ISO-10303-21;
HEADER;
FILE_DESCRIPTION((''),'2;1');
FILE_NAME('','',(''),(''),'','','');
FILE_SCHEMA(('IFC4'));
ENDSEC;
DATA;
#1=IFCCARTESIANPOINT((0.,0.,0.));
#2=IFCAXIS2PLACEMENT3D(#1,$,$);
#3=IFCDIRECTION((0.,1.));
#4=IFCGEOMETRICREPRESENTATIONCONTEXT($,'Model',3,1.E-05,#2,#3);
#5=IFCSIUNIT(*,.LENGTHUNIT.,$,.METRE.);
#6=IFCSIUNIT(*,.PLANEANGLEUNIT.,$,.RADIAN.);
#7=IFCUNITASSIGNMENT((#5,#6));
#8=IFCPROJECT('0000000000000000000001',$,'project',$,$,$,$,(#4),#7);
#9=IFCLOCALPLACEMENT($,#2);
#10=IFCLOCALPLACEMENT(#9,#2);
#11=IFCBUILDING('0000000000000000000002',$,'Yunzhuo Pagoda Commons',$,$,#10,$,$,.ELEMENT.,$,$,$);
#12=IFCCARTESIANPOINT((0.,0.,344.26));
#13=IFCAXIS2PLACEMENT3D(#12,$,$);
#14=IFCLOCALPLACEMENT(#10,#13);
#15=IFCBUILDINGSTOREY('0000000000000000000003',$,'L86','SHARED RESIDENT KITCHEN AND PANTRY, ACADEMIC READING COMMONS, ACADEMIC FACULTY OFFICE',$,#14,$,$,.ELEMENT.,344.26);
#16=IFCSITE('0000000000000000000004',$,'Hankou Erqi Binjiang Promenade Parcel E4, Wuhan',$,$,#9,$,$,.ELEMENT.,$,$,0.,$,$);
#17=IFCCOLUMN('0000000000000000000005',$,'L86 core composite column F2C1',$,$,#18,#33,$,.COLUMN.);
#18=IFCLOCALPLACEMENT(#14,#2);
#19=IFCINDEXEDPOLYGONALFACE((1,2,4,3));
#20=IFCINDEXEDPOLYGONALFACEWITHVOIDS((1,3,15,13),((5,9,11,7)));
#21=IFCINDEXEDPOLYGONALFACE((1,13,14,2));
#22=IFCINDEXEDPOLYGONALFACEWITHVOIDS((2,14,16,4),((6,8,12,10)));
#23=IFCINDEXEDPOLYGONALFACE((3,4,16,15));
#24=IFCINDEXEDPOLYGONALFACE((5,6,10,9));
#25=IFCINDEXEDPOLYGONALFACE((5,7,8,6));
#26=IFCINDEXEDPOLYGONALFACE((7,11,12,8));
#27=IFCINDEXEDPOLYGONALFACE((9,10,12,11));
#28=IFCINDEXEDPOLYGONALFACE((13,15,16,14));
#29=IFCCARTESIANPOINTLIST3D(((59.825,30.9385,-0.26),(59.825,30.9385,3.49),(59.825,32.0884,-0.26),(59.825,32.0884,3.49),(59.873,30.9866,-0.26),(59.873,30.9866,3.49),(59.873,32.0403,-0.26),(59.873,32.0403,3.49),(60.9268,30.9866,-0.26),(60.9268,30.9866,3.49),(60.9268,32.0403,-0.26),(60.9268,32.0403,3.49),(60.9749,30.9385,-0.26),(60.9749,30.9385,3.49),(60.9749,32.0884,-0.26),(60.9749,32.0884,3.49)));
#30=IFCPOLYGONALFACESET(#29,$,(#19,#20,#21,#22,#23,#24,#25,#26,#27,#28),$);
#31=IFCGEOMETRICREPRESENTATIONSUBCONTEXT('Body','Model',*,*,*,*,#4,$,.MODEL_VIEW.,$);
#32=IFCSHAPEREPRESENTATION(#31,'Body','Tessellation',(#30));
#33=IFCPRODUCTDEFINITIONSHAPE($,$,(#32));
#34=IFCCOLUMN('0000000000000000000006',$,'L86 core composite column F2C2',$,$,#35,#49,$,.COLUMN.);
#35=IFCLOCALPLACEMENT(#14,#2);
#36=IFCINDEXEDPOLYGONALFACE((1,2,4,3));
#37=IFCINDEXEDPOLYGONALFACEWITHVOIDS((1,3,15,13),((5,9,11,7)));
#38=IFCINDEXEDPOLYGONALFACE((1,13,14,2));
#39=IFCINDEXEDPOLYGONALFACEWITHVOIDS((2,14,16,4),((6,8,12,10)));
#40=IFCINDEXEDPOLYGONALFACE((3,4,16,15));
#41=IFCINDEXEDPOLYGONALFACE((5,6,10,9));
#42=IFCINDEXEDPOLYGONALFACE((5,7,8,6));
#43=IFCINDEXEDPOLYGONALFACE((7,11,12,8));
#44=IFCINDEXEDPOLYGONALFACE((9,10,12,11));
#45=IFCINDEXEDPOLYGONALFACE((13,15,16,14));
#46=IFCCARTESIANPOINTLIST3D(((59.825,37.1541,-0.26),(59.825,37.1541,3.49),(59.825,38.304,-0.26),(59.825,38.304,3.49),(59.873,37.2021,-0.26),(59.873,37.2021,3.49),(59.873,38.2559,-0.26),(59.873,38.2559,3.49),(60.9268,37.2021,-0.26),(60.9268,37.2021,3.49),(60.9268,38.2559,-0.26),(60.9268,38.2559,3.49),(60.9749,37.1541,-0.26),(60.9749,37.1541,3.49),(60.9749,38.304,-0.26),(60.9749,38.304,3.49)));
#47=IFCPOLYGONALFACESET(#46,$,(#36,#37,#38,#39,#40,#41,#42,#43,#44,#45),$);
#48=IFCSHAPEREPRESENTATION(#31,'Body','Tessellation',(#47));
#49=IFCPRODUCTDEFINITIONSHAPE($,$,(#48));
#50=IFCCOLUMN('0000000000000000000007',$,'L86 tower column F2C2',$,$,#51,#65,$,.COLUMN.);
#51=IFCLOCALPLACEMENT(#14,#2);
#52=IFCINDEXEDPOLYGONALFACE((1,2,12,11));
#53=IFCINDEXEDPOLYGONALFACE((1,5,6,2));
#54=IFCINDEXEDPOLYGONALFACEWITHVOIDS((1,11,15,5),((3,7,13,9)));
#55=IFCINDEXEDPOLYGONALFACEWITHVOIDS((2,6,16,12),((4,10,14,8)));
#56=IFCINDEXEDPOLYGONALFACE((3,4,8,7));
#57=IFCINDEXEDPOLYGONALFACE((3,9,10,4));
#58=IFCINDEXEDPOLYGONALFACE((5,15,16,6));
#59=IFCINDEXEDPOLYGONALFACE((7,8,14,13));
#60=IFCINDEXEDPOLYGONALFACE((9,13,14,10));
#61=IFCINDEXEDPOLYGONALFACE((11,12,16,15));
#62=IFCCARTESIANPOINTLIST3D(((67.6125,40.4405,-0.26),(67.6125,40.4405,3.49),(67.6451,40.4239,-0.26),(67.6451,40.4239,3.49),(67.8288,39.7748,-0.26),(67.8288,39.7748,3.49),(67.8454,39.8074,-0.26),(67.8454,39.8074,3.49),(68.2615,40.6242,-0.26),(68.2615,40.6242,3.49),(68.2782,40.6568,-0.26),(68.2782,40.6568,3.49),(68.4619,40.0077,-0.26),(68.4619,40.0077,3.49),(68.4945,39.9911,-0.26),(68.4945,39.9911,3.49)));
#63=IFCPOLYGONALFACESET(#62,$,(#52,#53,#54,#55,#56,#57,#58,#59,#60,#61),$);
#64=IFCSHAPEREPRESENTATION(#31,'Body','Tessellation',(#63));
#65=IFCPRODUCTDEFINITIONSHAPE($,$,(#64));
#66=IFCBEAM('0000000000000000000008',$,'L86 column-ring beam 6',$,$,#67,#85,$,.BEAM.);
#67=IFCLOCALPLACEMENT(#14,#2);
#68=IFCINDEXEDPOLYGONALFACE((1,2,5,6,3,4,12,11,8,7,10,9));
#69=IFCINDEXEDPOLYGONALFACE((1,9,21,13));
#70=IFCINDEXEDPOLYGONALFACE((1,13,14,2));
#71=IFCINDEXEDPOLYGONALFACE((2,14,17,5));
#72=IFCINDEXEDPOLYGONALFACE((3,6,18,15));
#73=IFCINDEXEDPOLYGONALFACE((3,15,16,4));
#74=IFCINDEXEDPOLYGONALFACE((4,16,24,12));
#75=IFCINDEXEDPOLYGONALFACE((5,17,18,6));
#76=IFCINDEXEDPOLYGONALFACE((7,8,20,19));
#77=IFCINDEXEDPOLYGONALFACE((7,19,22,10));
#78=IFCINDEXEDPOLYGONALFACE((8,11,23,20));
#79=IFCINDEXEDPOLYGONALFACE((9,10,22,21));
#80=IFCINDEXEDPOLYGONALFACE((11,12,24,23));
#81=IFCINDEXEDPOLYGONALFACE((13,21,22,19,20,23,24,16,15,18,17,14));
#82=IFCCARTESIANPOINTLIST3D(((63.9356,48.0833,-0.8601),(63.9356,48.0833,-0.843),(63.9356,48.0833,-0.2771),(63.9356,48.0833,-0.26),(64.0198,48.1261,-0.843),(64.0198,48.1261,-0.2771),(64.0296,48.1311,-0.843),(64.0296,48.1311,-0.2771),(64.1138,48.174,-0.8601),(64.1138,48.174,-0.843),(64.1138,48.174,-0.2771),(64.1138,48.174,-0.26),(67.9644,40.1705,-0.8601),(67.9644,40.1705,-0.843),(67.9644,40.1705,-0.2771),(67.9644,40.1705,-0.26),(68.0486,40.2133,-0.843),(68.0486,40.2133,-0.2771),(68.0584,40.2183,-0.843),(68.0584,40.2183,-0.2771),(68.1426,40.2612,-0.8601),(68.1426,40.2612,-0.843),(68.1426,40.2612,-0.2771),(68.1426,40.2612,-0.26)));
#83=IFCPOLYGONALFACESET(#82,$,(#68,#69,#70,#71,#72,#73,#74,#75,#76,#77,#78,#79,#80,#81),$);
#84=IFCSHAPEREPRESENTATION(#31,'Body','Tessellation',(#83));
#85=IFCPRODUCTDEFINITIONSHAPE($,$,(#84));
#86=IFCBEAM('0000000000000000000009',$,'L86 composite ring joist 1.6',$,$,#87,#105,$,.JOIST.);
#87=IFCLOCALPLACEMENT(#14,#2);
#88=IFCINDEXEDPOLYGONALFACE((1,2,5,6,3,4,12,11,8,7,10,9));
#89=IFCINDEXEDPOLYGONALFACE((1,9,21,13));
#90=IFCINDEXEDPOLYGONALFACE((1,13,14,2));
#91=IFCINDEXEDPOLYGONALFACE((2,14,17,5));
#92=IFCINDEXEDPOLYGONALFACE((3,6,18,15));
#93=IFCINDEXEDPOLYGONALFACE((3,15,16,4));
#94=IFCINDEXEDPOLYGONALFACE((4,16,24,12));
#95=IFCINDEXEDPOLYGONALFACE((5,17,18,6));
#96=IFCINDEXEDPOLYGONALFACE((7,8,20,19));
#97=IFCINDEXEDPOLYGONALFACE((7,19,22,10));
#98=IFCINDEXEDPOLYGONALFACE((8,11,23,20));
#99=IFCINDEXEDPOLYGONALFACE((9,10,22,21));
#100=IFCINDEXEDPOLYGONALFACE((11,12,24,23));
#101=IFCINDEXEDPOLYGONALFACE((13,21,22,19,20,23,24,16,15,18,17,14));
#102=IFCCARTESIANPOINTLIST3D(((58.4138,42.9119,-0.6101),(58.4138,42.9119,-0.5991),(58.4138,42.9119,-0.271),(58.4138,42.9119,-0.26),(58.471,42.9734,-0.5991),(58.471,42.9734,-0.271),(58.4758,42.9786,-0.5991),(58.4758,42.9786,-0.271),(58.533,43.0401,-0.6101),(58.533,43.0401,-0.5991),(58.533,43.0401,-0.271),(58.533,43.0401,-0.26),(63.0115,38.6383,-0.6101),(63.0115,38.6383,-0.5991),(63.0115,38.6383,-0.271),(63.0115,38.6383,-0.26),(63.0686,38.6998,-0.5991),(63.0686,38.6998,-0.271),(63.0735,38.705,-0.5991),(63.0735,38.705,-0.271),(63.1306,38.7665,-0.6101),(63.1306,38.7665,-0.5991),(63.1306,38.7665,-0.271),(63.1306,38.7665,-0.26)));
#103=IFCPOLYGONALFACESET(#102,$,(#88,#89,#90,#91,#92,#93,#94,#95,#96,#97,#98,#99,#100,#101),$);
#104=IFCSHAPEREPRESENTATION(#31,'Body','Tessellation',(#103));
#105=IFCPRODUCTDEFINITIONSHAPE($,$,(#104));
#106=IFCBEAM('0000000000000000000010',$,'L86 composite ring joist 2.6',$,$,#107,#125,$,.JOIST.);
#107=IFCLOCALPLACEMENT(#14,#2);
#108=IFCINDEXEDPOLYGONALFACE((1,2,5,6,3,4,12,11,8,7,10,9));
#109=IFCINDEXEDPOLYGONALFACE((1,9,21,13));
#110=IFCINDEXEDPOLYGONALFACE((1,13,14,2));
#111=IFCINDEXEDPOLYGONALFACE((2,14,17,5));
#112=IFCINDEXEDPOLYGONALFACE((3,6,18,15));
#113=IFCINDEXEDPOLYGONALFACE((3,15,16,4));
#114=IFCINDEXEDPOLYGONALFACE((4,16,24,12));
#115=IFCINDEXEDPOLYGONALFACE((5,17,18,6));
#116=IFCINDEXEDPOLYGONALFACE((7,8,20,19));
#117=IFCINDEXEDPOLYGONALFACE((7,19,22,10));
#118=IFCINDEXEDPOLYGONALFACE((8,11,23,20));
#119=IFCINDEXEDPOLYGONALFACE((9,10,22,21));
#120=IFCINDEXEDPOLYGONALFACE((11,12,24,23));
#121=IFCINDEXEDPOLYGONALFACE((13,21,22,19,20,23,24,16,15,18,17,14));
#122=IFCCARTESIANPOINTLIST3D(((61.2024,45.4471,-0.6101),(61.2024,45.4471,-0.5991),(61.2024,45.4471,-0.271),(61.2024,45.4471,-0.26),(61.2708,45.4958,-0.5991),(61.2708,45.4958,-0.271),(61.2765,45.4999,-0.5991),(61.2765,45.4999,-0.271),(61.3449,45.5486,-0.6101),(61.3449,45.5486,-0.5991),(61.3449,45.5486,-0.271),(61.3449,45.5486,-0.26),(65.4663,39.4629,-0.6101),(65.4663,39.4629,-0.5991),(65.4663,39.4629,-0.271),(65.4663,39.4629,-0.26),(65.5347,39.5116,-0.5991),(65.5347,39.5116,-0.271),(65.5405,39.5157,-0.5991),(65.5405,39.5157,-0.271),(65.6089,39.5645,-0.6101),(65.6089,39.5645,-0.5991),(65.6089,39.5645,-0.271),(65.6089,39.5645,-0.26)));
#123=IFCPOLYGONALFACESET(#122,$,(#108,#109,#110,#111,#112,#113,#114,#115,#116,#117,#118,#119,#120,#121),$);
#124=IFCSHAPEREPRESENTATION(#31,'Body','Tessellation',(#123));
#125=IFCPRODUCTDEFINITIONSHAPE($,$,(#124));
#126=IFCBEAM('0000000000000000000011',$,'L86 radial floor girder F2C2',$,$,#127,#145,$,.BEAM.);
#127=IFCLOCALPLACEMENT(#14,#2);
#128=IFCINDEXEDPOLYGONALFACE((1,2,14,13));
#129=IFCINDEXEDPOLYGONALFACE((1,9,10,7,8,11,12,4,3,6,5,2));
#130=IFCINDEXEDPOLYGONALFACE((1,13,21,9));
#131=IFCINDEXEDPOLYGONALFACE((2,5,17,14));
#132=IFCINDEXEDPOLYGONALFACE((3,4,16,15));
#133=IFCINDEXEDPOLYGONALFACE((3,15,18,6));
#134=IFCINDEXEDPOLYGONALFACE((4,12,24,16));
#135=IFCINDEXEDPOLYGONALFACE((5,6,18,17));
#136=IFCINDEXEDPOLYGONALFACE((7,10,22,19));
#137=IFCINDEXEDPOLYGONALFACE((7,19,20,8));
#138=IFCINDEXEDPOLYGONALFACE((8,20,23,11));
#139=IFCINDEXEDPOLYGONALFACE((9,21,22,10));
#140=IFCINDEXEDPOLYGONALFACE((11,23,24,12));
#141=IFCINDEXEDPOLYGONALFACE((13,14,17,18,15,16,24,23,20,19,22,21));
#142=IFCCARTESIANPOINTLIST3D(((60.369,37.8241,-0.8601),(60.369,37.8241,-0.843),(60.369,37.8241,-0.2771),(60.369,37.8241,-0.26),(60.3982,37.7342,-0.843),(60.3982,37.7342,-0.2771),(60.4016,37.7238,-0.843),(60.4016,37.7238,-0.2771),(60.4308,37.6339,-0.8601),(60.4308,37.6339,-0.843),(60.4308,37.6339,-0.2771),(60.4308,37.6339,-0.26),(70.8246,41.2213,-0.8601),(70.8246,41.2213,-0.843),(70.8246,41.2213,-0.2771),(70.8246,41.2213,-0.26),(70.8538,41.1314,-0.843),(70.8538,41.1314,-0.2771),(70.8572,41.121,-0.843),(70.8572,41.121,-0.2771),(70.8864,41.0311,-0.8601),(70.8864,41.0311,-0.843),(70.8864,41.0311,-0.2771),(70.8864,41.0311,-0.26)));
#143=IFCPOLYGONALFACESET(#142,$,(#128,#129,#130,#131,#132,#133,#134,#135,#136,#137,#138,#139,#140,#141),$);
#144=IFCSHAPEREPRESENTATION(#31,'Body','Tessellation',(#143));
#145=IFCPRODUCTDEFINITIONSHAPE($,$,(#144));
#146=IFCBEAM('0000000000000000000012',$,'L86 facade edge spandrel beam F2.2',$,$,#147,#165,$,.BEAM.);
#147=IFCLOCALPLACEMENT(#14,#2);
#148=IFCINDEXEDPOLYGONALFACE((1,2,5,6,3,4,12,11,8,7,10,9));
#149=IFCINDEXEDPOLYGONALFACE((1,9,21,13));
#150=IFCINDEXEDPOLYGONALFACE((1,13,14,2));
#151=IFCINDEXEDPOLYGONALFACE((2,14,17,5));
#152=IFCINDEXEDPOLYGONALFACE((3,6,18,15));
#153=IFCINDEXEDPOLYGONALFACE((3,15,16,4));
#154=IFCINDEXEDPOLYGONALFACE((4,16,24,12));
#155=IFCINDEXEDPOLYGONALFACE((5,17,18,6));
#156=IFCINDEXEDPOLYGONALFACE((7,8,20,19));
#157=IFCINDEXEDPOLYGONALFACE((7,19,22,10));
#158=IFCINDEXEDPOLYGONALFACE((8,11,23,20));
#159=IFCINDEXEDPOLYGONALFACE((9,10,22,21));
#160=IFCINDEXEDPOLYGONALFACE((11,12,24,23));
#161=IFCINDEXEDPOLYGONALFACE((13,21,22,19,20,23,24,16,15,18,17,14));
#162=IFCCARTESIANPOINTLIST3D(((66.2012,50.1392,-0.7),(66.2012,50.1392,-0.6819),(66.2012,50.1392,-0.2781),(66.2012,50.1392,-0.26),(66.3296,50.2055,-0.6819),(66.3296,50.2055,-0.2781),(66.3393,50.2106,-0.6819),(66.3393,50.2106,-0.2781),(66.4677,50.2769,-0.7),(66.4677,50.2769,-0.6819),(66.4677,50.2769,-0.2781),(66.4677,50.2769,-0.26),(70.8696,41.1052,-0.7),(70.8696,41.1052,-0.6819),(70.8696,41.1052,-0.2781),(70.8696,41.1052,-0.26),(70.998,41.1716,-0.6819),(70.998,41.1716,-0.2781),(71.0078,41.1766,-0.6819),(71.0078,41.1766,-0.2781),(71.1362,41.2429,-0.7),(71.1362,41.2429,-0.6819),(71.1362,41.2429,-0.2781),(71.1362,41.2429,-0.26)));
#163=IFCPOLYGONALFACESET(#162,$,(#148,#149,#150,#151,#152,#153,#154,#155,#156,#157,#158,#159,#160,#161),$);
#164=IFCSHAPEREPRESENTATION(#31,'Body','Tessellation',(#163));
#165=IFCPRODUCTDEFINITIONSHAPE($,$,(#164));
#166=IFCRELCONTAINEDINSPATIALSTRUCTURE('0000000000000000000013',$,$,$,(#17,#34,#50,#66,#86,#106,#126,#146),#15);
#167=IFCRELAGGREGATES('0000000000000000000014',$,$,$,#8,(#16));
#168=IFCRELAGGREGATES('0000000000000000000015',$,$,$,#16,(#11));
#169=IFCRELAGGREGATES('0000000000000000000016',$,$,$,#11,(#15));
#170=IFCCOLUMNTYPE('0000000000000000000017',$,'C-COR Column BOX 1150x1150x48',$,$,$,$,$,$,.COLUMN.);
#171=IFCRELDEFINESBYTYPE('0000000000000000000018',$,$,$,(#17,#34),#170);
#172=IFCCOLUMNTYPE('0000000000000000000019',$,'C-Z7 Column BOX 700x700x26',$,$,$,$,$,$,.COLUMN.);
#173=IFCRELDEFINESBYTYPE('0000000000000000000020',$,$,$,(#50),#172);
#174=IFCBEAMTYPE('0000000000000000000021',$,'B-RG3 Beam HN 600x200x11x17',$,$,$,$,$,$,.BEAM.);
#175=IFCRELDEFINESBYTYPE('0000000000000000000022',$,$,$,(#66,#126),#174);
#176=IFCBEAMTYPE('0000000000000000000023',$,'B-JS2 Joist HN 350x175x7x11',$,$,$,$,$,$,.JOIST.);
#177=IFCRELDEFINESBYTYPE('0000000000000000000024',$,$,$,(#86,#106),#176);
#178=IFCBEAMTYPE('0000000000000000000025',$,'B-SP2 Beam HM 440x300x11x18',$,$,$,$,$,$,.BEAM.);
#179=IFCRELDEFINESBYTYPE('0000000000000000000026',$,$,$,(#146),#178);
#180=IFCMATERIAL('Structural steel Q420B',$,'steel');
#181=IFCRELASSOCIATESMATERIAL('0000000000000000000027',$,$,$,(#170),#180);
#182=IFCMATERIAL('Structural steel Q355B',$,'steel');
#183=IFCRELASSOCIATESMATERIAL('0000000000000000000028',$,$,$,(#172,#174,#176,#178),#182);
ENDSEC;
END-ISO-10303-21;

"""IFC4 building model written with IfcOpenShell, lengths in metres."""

from ifc_helpers import new_model, si_unit, direction, frame, origin, origin_2d, place, context, subcontext, project, spatial, hollow_rectangle, i_section, extrude, source, transform, mapped, material, material_profile, profile_set, type_object, element, save


model = new_model("IFC4")

# Units and contexts
model_context = context("Model", 3, precision=1e-05, world=origin(), true_north=direction((0.0, 1.0)))
body_context = subcontext(model_context, "Body", "Model", "MODEL_VIEW")
ifc_project = project(units=[si_unit("LENGTHUNIT", "METRE"), si_unit("PLANEANGLEUNIT", "RADIAN")], contexts=[model_context])

# Site, building, storey
site_placement = place(None, origin())
site = spatial("IfcSite", under=ifc_project, at=site_placement, Name="Hankou Erqi Binjiang Promenade Parcel E4, Wuhan", CompositionType="ELEMENT", RefElevation=0.0)
building_placement = place(site_placement, origin())
building = spatial("IfcBuilding", under=site, at=building_placement, Name="Yunzhuo Pagoda Commons", CompositionType="ELEMENT")
storey_placement = place(building_placement, frame((0.0, 0.0, 344.26)))
storey = spatial("IfcBuildingStorey", under=building, at=storey_placement, Name="L86", Description="SHARED RESIDENT KITCHEN AND PANTRY, ACADEMIC READING COMMONS, ACADEMIC FACULTY OFFICE", CompositionType="ELEMENT", Elevation=344.26)

# Columns
ifc_material_1 = material(Name="Structural steel Q420B", Category="steel")
ifc_material_profile_1 = material_profile(ifc_material_1, hollow_rectangle(XDim=1.1499, YDim=1.1499, WallThickness=0.0481, at=origin_2d()), Name="Structural steel Q420B")
ifc_profile_set_1 = profile_set([ifc_material_profile_1], Name="Structural steel Q420B")
column_type_1 = type_object("IfcColumnType", Name="C-COR Column BOX 1150x1150x48", PredefinedType="COLUMN", material=ifc_profile_set_1)
shared_shape_1 = source(origin(), body_context, "Body", "SweptSolid", [
    extrude(hollow_rectangle(XDim=1.1499, YDim=1.1499, WallThickness=0.0481, at=origin_2d()), origin(), (0.0, 0.0, 1.0), 3.75),
])
for number, where, z_axis, x_axis, name in (
    (1, (60.3999, 31.5134, -0.26), (0.0, 0.0, 1.0), (1.0, 0.0, 0.0), "L86 core composite column F2C1"),
    (2, (60.3999, 37.729, -0.26), (0.0, 0.0, 1.0), (1.0, 0.0, 0.0), "L86 core composite column F2C2"),
):
    element("IfcColumn", number, at=place(storey_placement, frame(where, z_axis=z_axis, x_axis=x_axis)), inside=storey, type_object=column_type_1, Name=name, PredefinedType="COLUMN", context=body_context, shape_type="MappedRepresentation", body=[
        mapped(shared_shape_1, transform((0.0, 0.0, 0.0), scale=1.0)),
    ])
ifc_material_2 = material(Name="Structural steel Q355B", Category="steel")
ifc_material_profile_2 = material_profile(ifc_material_2, hollow_rectangle(XDim=0.7, YDim=0.7, WallThickness=0.0259, at=origin_2d()), Name="Structural steel Q355B")
ifc_profile_set_2 = profile_set([ifc_material_profile_2], Name="Structural steel Q355B")
column_type_2 = type_object("IfcColumnType", Name="C-Z7 Column BOX 700x700x26", PredefinedType="COLUMN", material=ifc_profile_set_2)
shared_shape_2 = source(origin(), body_context, "Body", "SweptSolid", [
    extrude(hollow_rectangle(XDim=0.7, YDim=0.7, WallThickness=0.0259, at=origin_2d()), origin(), (0.0, 0.0, 1.0), 3.75),
])
column_placement = place(storey_placement, frame((68.0535, 40.2158, -0.26), z_axis=(0.0, 0.0, 1.0), x_axis=(-0.309017, 0.951057, 0.0)))
element("IfcColumn", 3, at=column_placement, inside=storey, type_object=column_type_2, Name="L86 tower column F2C2", PredefinedType="COLUMN", context=body_context, shape_type="MappedRepresentation", body=[
    mapped(shared_shape_2, transform((0.0, 0.0, 0.0), scale=1.0)),
])

# Beams
ifc_material_profile_3 = material_profile(ifc_material_2, i_section(OverallWidth=0.2, OverallDepth=0.6001, WebThickness=0.011, FlangeThickness=0.0171, at=origin_2d()), Name="Structural steel Q355B")
ifc_profile_set_3 = profile_set([ifc_material_profile_3], Name="Structural steel Q355B")
beam_type_1 = type_object("IfcBeamType", Name="B-RG3 Beam HN 600x200x11x17", PredefinedType="BEAM", material=ifc_profile_set_3)
shared_shape_3 = source(origin(), body_context, "Body", "SweptSolid", [
    extrude(i_section(OverallWidth=0.2, OverallDepth=0.6001, WebThickness=0.011, FlangeThickness=0.0171, at=origin_2d()), origin(), (0.0, 0.0, 1.0), 8.8794),
])
beam_1_placement = place(storey_placement, frame((68.0535, 40.2158, -0.5601), z_axis=(-0.453724, 0.891142, 0.0), x_axis=(-0.891142, -0.453724, 0.0)))
element("IfcBeam", 4, at=beam_1_placement, inside=storey, type_object=beam_type_1, Name="L86 column-ring beam 6", PredefinedType="BEAM", context=body_context, shape_type="MappedRepresentation", body=[
    mapped(shared_shape_3, transform((0.0, 0.0, 0.0), scale=1.0)),
])
ifc_material_profile_4 = material_profile(ifc_material_2, i_section(OverallWidth=0.175, OverallDepth=0.3501, WebThickness=0.0071, FlangeThickness=0.011, at=origin_2d()), Name="Structural steel Q355B")
ifc_profile_set_4 = profile_set([ifc_material_profile_4], Name="Structural steel Q355B")
beam_type_2 = type_object("IfcBeamType", Name="B-JS2 Joist HN 350x175x7x11", PredefinedType="JOIST", material=ifc_profile_set_4)
shared_shape_4 = source(origin(), body_context, "Body", "SweptSolid", [
    extrude(i_section(OverallWidth=0.175, OverallDepth=0.3501, WebThickness=0.0071, FlangeThickness=0.011, at=origin_2d()), origin(), (0.0, 0.0, 1.0), 6.2771),
])
beam_2_placement = place(storey_placement, frame((63.071, 38.7024, -0.4351), z_axis=(-0.732442, 0.68083, 0.0), x_axis=(-0.68083, -0.732442, 0.0)))
element("IfcBeam", 5, at=beam_2_placement, inside=storey, type_object=beam_type_2, Name="L86 composite ring joist 1.6", PredefinedType="JOIST", context=body_context, shape_type="MappedRepresentation", body=[
    mapped(shared_shape_4, transform((0.0, 0.0, 0.0), scale=1.0)),
])
shared_shape_5 = source(origin(), body_context, "Body", "SweptSolid", [
    extrude(i_section(OverallWidth=0.175, OverallDepth=0.3501, WebThickness=0.0071, FlangeThickness=0.011, at=origin_2d()), origin(), (0.0, 0.0, 1.0), 7.3479),
])
beam_3_placement = place(storey_placement, frame((65.5376, 39.5137, -0.4351), z_axis=(-0.580295, 0.814406, 0.0), x_axis=(-0.814406, -0.580295, 0.0)))
element("IfcBeam", 6, at=beam_3_placement, inside=storey, type_object=beam_type_2, Name="L86 composite ring joist 2.6", PredefinedType="JOIST", context=body_context, shape_type="MappedRepresentation", body=[
    mapped(shared_shape_5, transform((0.0, 0.0, 0.0), scale=1.0)),
])
shared_shape_6 = source(origin(), body_context, "Body", "SweptSolid", [
    extrude(i_section(OverallWidth=0.2, OverallDepth=0.6001, WebThickness=0.011, FlangeThickness=0.0171, at=origin_2d()), origin(), (0.0, 0.0, 1.0), 10.9937),
])
beam_4_placement = place(storey_placement, frame((70.8555, 41.1262, -0.5601), z_axis=(-0.951057, -0.309017, 0.0), x_axis=(0.309017, -0.951057, 0.0)))
element("IfcBeam", 7, at=beam_4_placement, inside=storey, type_object=beam_type_1, Name="L86 radial floor girder F2C2", PredefinedType="BEAM", context=body_context, shape_type="MappedRepresentation", body=[
    mapped(shared_shape_6, transform((0.0, 0.0, 0.0), scale=1.0)),
])
ifc_material_profile_5 = material_profile(ifc_material_2, i_section(OverallWidth=0.3, OverallDepth=0.4399, WebThickness=0.011, FlangeThickness=0.0181, at=origin_2d()), Name="Structural steel Q355B")
ifc_profile_set_5 = profile_set([ifc_material_profile_5], Name="Structural steel Q355B")
beam_type_3 = type_object("IfcBeamType", Name="B-SP2 Beam HM 440x300x11x18", PredefinedType="BEAM", material=ifc_profile_set_5)
shared_shape_7 = source(origin(), body_context, "Body", "SweptSolid", [
    extrude(i_section(OverallWidth=0.3, OverallDepth=0.4399, WebThickness=0.011, FlangeThickness=0.0181, at=origin_2d()), origin(), (0.0, 0.0, 1.0), 10.1689),
])
beam_5_placement = place(storey_placement, frame((71.0029, 41.1741, -0.48), z_axis=(-0.459092, 0.888389, 0.0), x_axis=(-0.888389, -0.459092, 0.0)))
element("IfcBeam", 8, at=beam_5_placement, inside=storey, type_object=beam_type_3, Name="L86 facade edge spandrel beam F2.2", PredefinedType="BEAM", context=body_context, shape_type="MappedRepresentation", body=[
    mapped(shared_shape_7, transform((0.0, 0.0, 0.0), scale=1.0)),
])

save(model, "model.ifc")
